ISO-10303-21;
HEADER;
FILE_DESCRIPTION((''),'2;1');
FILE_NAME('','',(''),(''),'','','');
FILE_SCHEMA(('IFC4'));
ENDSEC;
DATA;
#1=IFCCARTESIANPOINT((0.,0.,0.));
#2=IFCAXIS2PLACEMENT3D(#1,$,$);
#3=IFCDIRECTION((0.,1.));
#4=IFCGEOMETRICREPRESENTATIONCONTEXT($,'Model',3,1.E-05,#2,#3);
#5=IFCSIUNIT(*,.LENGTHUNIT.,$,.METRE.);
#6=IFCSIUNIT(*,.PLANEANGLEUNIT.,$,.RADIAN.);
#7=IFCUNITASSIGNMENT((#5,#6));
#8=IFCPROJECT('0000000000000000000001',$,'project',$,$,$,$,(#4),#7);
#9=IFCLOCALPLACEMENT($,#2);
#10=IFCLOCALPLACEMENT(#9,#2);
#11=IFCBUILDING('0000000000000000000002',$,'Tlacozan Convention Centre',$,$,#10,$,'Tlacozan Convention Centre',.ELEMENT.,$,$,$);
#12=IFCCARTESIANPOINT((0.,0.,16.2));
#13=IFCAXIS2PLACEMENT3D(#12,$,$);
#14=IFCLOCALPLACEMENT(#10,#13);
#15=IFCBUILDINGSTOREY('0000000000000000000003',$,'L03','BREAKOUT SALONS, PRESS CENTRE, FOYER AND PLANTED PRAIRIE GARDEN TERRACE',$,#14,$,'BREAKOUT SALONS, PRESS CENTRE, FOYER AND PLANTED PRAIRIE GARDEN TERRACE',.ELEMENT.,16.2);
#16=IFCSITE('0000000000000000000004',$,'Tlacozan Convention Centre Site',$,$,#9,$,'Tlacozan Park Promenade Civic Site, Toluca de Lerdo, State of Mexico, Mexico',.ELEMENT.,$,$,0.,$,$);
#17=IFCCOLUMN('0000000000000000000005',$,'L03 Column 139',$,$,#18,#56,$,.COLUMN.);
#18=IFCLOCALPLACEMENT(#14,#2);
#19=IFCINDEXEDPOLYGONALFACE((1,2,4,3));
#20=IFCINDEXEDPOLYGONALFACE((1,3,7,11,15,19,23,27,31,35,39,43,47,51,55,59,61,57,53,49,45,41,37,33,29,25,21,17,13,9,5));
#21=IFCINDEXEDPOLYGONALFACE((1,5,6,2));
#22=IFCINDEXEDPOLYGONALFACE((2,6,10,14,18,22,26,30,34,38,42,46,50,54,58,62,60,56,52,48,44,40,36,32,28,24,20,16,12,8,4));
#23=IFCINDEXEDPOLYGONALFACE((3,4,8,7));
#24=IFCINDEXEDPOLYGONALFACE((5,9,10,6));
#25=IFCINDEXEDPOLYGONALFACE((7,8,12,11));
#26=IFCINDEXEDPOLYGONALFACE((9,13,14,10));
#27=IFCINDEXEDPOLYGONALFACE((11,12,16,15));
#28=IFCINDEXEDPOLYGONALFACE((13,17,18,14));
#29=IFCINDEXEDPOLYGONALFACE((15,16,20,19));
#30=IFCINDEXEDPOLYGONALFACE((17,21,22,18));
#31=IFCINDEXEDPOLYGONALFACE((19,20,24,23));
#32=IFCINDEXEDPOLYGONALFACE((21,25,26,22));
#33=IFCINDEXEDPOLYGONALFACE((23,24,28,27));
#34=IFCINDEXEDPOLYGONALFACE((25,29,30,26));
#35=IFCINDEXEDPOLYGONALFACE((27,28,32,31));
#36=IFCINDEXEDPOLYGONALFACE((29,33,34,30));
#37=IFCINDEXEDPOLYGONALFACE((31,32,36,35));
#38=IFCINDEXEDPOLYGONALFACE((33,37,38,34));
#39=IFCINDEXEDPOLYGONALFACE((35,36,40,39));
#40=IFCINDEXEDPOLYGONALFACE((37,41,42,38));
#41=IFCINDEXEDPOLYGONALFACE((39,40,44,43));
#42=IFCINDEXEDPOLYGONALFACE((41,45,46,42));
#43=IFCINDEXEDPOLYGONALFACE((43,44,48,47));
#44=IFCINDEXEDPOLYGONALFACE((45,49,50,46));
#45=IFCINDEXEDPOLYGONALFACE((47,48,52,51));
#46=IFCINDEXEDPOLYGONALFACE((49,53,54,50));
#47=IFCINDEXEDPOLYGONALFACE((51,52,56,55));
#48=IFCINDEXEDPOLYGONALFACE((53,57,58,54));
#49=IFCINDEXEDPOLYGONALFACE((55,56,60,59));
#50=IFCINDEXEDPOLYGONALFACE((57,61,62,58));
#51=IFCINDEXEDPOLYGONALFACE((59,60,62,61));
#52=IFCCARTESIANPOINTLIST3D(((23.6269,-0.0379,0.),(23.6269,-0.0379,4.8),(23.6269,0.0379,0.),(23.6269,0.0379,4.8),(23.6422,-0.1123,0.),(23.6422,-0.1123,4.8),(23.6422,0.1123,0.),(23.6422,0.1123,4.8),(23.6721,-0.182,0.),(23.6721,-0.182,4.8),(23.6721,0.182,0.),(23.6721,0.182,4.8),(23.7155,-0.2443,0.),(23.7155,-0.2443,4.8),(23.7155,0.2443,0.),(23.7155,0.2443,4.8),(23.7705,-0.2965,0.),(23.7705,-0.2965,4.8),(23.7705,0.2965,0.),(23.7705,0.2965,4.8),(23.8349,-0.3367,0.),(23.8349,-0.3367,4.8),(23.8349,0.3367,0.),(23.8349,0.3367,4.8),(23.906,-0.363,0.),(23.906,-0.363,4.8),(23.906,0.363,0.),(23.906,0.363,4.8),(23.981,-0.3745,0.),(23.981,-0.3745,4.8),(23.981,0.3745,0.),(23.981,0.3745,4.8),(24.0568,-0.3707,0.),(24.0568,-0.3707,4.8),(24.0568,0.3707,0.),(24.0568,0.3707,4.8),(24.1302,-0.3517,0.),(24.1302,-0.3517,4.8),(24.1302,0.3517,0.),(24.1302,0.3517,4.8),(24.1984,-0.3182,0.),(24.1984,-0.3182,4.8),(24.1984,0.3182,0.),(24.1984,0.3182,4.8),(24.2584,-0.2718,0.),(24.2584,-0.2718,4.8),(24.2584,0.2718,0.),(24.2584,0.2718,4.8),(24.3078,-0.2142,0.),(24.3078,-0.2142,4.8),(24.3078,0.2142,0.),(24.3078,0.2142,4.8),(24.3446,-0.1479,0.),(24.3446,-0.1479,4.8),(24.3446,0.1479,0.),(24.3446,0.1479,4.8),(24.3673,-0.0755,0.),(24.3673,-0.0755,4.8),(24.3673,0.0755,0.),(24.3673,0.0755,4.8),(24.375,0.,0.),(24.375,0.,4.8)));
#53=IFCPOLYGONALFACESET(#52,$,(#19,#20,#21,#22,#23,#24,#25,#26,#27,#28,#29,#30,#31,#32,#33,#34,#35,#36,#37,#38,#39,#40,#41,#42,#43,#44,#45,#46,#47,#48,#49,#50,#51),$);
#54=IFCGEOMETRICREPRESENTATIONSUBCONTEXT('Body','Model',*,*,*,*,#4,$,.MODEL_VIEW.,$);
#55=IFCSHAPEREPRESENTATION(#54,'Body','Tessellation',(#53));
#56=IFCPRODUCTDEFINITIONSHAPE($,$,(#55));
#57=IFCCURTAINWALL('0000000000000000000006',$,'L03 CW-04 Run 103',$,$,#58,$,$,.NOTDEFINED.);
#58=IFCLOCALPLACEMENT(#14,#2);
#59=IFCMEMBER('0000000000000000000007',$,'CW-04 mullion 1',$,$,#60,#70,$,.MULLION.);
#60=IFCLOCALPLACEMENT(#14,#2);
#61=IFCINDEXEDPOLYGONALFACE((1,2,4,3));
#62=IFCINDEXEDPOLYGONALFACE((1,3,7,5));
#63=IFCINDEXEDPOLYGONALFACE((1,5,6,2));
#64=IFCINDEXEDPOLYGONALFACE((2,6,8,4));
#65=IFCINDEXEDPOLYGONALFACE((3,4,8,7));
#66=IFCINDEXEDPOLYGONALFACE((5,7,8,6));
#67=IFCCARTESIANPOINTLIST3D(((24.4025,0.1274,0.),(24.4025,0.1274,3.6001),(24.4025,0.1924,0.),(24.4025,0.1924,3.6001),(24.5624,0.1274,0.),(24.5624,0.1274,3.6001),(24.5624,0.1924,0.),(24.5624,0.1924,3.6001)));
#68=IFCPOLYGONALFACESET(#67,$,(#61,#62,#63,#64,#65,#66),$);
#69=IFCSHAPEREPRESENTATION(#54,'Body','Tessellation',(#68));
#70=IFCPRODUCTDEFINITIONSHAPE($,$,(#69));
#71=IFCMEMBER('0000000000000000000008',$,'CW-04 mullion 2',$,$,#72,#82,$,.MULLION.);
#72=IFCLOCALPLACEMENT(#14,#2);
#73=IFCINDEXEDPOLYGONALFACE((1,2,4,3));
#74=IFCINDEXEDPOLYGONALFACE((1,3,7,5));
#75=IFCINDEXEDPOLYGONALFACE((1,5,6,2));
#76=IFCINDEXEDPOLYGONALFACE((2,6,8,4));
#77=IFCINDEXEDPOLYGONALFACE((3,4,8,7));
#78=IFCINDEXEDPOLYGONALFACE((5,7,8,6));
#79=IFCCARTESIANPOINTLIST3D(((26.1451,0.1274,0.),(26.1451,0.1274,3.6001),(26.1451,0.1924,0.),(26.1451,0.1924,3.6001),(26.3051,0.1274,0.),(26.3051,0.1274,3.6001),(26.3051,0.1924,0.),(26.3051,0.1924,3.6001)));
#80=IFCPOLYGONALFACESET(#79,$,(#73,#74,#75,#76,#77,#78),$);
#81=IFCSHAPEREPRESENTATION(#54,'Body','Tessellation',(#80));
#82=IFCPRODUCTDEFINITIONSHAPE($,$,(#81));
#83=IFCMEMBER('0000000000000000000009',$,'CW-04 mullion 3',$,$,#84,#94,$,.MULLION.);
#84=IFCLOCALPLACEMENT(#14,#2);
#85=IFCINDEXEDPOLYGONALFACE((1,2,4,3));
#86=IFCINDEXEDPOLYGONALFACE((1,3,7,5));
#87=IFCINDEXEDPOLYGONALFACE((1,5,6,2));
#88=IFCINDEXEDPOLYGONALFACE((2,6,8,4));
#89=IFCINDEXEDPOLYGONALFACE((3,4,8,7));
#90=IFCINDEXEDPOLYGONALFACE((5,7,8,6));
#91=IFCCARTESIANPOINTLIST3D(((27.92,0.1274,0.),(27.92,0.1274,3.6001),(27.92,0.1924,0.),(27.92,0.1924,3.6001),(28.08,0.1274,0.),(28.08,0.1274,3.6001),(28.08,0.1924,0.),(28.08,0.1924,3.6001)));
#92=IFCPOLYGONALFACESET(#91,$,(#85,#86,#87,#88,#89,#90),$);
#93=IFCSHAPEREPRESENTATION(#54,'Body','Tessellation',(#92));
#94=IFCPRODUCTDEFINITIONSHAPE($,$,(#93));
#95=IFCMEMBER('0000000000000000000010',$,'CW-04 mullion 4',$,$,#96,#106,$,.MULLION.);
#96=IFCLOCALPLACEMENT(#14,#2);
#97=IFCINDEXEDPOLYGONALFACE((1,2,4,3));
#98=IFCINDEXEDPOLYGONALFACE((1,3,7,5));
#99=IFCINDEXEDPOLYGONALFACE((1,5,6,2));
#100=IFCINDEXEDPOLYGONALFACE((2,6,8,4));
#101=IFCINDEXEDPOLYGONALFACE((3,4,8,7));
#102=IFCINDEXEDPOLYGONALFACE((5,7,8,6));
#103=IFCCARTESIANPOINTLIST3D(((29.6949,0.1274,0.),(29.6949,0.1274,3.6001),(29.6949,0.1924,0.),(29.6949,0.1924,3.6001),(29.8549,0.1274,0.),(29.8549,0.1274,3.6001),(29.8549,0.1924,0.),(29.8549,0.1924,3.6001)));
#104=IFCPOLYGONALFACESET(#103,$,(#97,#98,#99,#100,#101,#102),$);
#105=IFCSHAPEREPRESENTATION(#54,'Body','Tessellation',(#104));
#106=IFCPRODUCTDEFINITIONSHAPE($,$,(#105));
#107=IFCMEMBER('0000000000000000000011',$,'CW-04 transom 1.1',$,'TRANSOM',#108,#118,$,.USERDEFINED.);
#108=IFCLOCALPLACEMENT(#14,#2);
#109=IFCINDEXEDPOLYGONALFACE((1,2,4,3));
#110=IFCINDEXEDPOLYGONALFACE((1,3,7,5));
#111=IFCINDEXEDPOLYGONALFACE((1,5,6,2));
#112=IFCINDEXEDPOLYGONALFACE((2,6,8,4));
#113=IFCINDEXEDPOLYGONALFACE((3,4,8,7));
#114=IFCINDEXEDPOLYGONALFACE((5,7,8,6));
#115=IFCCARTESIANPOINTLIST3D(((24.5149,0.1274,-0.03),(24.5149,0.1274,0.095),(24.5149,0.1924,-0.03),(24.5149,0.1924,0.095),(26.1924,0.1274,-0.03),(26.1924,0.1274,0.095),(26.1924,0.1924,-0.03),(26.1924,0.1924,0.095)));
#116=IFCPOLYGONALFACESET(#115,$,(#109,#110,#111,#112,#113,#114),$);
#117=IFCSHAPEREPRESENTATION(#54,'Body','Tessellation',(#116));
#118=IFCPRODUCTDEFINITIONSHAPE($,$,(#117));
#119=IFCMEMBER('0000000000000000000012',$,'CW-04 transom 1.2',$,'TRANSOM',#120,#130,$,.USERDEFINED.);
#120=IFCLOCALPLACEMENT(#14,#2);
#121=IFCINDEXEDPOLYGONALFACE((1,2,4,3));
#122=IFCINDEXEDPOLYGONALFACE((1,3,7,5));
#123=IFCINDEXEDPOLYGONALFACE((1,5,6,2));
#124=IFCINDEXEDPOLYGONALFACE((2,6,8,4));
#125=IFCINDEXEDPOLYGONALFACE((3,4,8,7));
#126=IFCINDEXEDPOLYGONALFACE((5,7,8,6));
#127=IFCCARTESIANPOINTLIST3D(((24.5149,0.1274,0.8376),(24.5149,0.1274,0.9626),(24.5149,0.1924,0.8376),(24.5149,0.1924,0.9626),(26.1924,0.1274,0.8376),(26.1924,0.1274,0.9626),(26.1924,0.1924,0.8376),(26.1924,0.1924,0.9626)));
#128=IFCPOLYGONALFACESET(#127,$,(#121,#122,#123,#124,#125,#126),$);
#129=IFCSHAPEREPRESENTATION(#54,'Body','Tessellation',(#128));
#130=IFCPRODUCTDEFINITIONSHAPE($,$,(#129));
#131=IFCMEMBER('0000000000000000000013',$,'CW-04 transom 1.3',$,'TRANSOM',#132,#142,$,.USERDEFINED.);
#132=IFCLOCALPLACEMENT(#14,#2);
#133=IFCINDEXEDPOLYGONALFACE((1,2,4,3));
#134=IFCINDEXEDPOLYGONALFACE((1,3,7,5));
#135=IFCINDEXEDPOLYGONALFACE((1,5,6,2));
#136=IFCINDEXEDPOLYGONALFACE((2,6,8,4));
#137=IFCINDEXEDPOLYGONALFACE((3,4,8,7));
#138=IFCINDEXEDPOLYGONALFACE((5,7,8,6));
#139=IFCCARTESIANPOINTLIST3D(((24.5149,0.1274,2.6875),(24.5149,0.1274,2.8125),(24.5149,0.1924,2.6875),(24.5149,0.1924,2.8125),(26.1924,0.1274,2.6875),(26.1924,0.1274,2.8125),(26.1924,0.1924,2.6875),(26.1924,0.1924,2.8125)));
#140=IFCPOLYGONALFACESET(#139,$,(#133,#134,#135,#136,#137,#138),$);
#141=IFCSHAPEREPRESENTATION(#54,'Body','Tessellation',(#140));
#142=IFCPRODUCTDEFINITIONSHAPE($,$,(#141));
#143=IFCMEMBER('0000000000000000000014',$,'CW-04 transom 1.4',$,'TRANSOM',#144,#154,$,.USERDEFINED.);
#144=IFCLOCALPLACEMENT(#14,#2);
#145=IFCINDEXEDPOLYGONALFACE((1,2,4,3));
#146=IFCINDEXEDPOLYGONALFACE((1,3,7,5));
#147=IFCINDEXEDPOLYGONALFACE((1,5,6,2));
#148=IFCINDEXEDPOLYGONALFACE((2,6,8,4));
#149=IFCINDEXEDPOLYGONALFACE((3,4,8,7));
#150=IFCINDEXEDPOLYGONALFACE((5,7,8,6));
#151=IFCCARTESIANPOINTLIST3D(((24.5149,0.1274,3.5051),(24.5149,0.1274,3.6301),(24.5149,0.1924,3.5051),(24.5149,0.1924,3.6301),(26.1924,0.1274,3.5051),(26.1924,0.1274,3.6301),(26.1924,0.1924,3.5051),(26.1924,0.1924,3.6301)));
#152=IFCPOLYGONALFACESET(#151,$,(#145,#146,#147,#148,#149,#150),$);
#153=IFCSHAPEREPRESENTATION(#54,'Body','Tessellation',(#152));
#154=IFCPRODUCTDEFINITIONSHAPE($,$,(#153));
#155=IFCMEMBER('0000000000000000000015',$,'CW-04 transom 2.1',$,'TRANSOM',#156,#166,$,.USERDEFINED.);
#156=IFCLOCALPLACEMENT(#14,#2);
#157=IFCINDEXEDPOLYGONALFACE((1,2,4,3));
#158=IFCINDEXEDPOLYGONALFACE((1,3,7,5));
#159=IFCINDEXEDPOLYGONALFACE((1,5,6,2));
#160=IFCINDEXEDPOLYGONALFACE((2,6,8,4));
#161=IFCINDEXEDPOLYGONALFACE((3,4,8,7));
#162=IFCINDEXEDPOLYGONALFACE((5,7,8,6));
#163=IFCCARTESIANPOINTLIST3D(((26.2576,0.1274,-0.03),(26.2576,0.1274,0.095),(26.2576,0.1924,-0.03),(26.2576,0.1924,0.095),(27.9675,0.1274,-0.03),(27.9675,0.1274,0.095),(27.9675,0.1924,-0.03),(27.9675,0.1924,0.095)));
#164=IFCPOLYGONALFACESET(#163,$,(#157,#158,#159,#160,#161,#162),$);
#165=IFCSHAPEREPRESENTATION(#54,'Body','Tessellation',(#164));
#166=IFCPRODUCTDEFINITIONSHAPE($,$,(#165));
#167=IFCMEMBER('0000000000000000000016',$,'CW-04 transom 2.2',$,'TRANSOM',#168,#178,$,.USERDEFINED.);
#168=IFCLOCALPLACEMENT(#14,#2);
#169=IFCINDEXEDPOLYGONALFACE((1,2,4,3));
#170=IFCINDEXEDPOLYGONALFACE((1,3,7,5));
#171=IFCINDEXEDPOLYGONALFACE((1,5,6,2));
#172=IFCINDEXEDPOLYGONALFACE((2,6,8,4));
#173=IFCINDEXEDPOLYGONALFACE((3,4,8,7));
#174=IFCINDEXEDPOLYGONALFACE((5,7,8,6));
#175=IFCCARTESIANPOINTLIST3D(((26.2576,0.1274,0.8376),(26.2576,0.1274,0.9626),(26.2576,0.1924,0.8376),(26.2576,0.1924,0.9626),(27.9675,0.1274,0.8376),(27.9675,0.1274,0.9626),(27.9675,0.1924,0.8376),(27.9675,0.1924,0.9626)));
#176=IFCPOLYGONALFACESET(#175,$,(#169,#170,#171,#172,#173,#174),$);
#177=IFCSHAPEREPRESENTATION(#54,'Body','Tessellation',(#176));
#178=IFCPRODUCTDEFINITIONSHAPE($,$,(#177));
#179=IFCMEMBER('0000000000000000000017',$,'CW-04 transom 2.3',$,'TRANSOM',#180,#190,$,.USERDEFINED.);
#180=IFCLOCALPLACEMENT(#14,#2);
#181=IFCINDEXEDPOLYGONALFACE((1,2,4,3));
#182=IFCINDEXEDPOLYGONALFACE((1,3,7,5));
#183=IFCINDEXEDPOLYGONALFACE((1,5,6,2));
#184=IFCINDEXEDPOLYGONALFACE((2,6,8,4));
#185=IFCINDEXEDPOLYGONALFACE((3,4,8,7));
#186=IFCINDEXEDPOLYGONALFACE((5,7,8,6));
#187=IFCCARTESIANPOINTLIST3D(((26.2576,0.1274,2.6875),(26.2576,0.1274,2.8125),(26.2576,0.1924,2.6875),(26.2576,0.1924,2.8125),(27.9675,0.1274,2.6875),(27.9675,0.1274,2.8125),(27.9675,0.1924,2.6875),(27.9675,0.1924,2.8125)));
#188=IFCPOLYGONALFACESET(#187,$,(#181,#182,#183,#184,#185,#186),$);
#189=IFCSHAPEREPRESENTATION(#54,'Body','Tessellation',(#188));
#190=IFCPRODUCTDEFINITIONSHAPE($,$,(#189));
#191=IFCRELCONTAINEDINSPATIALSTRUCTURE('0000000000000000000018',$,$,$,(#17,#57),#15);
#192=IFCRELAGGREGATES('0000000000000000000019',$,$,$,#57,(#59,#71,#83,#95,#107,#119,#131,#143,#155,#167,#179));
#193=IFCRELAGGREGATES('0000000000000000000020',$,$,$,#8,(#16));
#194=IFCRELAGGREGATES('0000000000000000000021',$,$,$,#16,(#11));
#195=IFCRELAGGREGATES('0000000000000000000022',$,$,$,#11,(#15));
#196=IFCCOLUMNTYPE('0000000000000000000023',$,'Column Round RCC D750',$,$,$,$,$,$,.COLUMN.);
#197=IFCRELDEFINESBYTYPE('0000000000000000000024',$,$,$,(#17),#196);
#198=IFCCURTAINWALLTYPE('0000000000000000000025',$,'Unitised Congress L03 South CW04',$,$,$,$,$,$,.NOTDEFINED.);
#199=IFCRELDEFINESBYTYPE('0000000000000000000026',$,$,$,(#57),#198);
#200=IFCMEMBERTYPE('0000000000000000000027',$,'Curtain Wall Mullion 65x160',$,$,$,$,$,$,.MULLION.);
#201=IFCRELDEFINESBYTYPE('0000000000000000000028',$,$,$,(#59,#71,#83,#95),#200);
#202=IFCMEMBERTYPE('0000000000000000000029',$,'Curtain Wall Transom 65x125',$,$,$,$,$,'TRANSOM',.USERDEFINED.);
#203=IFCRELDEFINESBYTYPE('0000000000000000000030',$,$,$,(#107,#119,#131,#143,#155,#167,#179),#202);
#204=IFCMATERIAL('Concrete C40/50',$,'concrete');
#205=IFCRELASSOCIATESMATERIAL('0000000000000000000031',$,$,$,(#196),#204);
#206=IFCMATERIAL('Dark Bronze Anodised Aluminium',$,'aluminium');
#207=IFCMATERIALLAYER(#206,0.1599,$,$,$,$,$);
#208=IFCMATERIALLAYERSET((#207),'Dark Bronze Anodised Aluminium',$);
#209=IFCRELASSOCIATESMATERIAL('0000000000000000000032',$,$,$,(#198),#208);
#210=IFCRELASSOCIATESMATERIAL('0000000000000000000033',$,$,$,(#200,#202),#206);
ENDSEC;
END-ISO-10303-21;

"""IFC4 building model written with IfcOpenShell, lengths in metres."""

from ifc_helpers import new_model, si_unit, direction, frame, origin, origin_2d, place, context, subcontext, project, spatial, rectangle, circle, extrude, material, layer, layer_set, material_profile, profile_set, type_object, element, aggregate, save


model = new_model("IFC4")

# Units and contexts
model_context = context("Model", 3, precision=1e-05, world=origin(), true_north=direction((0.0, 1.0)))
body_context = subcontext(model_context, "Body", "Model", "MODEL_VIEW")
ifc_project = project(units=[si_unit("LENGTHUNIT", "METRE"), si_unit("PLANEANGLEUNIT", "RADIAN")], contexts=[model_context])

# Site, building, storey
site_placement = place(None, origin())
site = spatial("IfcSite", under=ifc_project, at=site_placement, Name="Tlacozan Convention Centre Site", LongName="Tlacozan Park Promenade Civic Site, Toluca de Lerdo, State of Mexico, Mexico", CompositionType="ELEMENT", RefElevation=0.0)
building_placement = place(site_placement, origin())
building = spatial("IfcBuilding", under=site, at=building_placement, Name="Tlacozan Convention Centre", LongName="Tlacozan Convention Centre", CompositionType="ELEMENT")
storey_placement = place(building_placement, frame((0.0, 0.0, 16.2)))
storey = spatial("IfcBuildingStorey", under=building, at=storey_placement, Name="L03", Description="BREAKOUT SALONS, PRESS CENTRE, FOYER AND PLANTED PRAIRIE GARDEN TERRACE", LongName="BREAKOUT SALONS, PRESS CENTRE, FOYER AND PLANTED PRAIRIE GARDEN TERRACE", CompositionType="ELEMENT", Elevation=16.2)

# Column
ifc_material_1 = material(Name="Concrete C40/50", Category="concrete")
ifc_material_profile_1 = material_profile(ifc_material_1, circle(Radius=0.375, at=origin_2d()), Name="RCC D750")
ifc_profile_set_1 = profile_set([ifc_material_profile_1], Name="Concrete C40/50")
column_type = type_object("IfcColumnType", Name="Column Round RCC D750", PredefinedType="COLUMN", material=ifc_profile_set_1)
column_placement = place(storey_placement, frame((24.0, 0.0, 0.0), z_axis=(0.0, 0.0, 1.0), x_axis=(1.0, 0.0, 0.0)))
element("IfcColumn", 1, at=column_placement, inside=storey, type_object=column_type, Name="L03 Column 139", PredefinedType="COLUMN", context=body_context, shape_type="SweptSolid", body=[
    extrude(circle(Radius=0.375, at=origin_2d()), origin(), (0.0, 0.0, 1.0), 4.8),
])

# Curtain wall, members
ifc_material_2 = material(Name="Dark Bronze Anodised Aluminium", Category="aluminium")
ifc_layer_1 = layer(ifc_material_2, 0.1599)
ifc_layer_set_1 = layer_set([ifc_layer_1], Name="Dark Bronze Anodised Aluminium")
curtain_wall_type = type_object("IfcCurtainWallType", Name="Unitised Congress L03 South CW04", PredefinedType="NOTDEFINED", material=ifc_layer_set_1)
curtain_wall_placement = place(storey_placement, origin())
curtain_wall = element("IfcCurtainWall", 2, at=curtain_wall_placement, inside=storey, type_object=curtain_wall_type, Name="L03 CW-04 Run 103", PredefinedType="NOTDEFINED")
ifc_material_profile_2 = material_profile(ifc_material_2, rectangle(XDim=0.0649, YDim=0.1599, at=origin_2d()), Name="ALU 65x160")
ifc_profile_set_2 = profile_set([ifc_material_profile_2], Name="Dark Bronze Anodised Aluminium")
member_type_1 = type_object("IfcMemberType", Name="Curtain Wall Mullion 65x160", PredefinedType="MULLION", material=ifc_profile_set_2)
member_1_placement = place(storey_placement, frame((24.4824, 0.1599, 0.0), z_axis=(0.0, 0.0, 1.0), x_axis=(0.0, 1.0, 0.0)))
member_1 = element("IfcMember", 3, at=member_1_placement, type_object=member_type_1, Name="CW-04 mullion 1", PredefinedType="MULLION", context=body_context, shape_type="SweptSolid", body=[
    extrude(rectangle(XDim=0.0649, YDim=0.1599, at=origin_2d()), origin(), (0.0, 0.0, 1.0), 3.6001),
])
member_2_placement = place(storey_placement, frame((26.2251, 0.1599, 0.0), z_axis=(0.0, 0.0, 1.0), x_axis=(0.0, 1.0, 0.0)))
member_2 = element("IfcMember", 4, at=member_2_placement, type_object=member_type_1, Name="CW-04 mullion 2", PredefinedType="MULLION", context=body_context, shape_type="SweptSolid", body=[
    extrude(rectangle(XDim=0.0649, YDim=0.1599, at=origin_2d()), origin(), (0.0, 0.0, 1.0), 3.6001),
])
member_3_placement = place(storey_placement, frame((28.0, 0.1599, 0.0), z_axis=(0.0, 0.0, 1.0), x_axis=(0.0, 1.0, 0.0)))
member_3 = element("IfcMember", 5, at=member_3_placement, type_object=member_type_1, Name="CW-04 mullion 3", PredefinedType="MULLION", context=body_context, shape_type="SweptSolid", body=[
    extrude(rectangle(XDim=0.0649, YDim=0.1599, at=origin_2d()), origin(), (0.0, 0.0, 1.0), 3.6001),
])
member_4_placement = place(storey_placement, frame((29.7749, 0.1599, 0.0), z_axis=(0.0, 0.0, 1.0), x_axis=(0.0, 1.0, 0.0)))
member_4 = element("IfcMember", 6, at=member_4_placement, type_object=member_type_1, Name="CW-04 mullion 4", PredefinedType="MULLION", context=body_context, shape_type="SweptSolid", body=[
    extrude(rectangle(XDim=0.0649, YDim=0.1599, at=origin_2d()), origin(), (0.0, 0.0, 1.0), 3.6001),
])
ifc_material_profile_3 = material_profile(ifc_material_2, rectangle(XDim=0.0649, YDim=0.125, at=origin_2d()), Name="ALU 65x125")
ifc_profile_set_3 = profile_set([ifc_material_profile_3], Name="Dark Bronze Anodised Aluminium")
member_type_2 = type_object("IfcMemberType", Name="Curtain Wall Transom 65x125", ElementType="TRANSOM", PredefinedType="USERDEFINED", material=ifc_profile_set_3)
member_5_placement = place(storey_placement, frame((24.5149, 0.1599, 0.0325), z_axis=(1.0, 0.0, 0.0), x_axis=(0.0, 1.0, 0.0)))
member_5 = element("IfcMember", 7, at=member_5_placement, type_object=member_type_2, Name="CW-04 transom 1.1", ObjectType="TRANSOM", PredefinedType="USERDEFINED", context=body_context, shape_type="SweptSolid", body=[
    extrude(rectangle(XDim=0.0649, YDim=0.125, at=origin_2d()), origin(), (0.0, 0.0, 1.0), 1.6775),
])
member_6_placement = place(storey_placement, frame((24.5149, 0.1599, 0.9001), z_axis=(1.0, 0.0, 0.0), x_axis=(0.0, 1.0, 0.0)))
member_6 = element("IfcMember", 8, at=member_6_placement, type_object=member_type_2, Name="CW-04 transom 1.2", ObjectType="TRANSOM", PredefinedType="USERDEFINED", context=body_context, shape_type="SweptSolid", body=[
    extrude(rectangle(XDim=0.0649, YDim=0.125, at=origin_2d()), origin(), (0.0, 0.0, 1.0), 1.6775),
])
member_7_placement = place(storey_placement, frame((24.5149, 0.1599, 2.75), z_axis=(1.0, 0.0, 0.0), x_axis=(0.0, 1.0, 0.0)))
member_7 = element("IfcMember", 9, at=member_7_placement, type_object=member_type_2, Name="CW-04 transom 1.3", ObjectType="TRANSOM", PredefinedType="USERDEFINED", context=body_context, shape_type="SweptSolid", body=[
    extrude(rectangle(XDim=0.0649, YDim=0.125, at=origin_2d()), origin(), (0.0, 0.0, 1.0), 1.6775),
])
member_8_placement = place(storey_placement, frame((24.5149, 0.1599, 3.5676), z_axis=(1.0, 0.0, 0.0), x_axis=(0.0, 1.0, 0.0)))
member_8 = element("IfcMember", 10, at=member_8_placement, type_object=member_type_2, Name="CW-04 transom 1.4", ObjectType="TRANSOM", PredefinedType="USERDEFINED", context=body_context, shape_type="SweptSolid", body=[
    extrude(rectangle(XDim=0.0649, YDim=0.125, at=origin_2d()), origin(), (0.0, 0.0, 1.0), 1.6775),
])
member_9_placement = place(storey_placement, frame((26.2576, 0.1599, 0.0325), z_axis=(1.0, 0.0, 0.0), x_axis=(0.0, 1.0, 0.0)))
member_9 = element("IfcMember", 11, at=member_9_placement, type_object=member_type_2, Name="CW-04 transom 2.1", ObjectType="TRANSOM", PredefinedType="USERDEFINED", context=body_context, shape_type="SweptSolid", body=[
    extrude(rectangle(XDim=0.0649, YDim=0.125, at=origin_2d()), origin(), (0.0, 0.0, 1.0), 1.71),
])
member_10_placement = place(storey_placement, frame((26.2576, 0.1599, 0.9001), z_axis=(1.0, 0.0, 0.0), x_axis=(0.0, 1.0, 0.0)))
member_10 = element("IfcMember", 12, at=member_10_placement, type_object=member_type_2, Name="CW-04 transom 2.2", ObjectType="TRANSOM", PredefinedType="USERDEFINED", context=body_context, shape_type="SweptSolid", body=[
    extrude(rectangle(XDim=0.0649, YDim=0.125, at=origin_2d()), origin(), (0.0, 0.0, 1.0), 1.71),
])
member_11_placement = place(storey_placement, frame((26.2576, 0.1599, 2.75), z_axis=(1.0, 0.0, 0.0), x_axis=(0.0, 1.0, 0.0)))
member_11 = element("IfcMember", 13, at=member_11_placement, type_object=member_type_2, Name="CW-04 transom 2.3", ObjectType="TRANSOM", PredefinedType="USERDEFINED", context=body_context, shape_type="SweptSolid", body=[
    extrude(rectangle(XDim=0.0649, YDim=0.125, at=origin_2d()), origin(), (0.0, 0.0, 1.0), 1.71),
])

aggregate(curtain_wall, [member_1, member_2, member_3, member_4, member_5, member_6, member_7, member_8, member_9, member_10, member_11])

save(model, "model.ifc")
